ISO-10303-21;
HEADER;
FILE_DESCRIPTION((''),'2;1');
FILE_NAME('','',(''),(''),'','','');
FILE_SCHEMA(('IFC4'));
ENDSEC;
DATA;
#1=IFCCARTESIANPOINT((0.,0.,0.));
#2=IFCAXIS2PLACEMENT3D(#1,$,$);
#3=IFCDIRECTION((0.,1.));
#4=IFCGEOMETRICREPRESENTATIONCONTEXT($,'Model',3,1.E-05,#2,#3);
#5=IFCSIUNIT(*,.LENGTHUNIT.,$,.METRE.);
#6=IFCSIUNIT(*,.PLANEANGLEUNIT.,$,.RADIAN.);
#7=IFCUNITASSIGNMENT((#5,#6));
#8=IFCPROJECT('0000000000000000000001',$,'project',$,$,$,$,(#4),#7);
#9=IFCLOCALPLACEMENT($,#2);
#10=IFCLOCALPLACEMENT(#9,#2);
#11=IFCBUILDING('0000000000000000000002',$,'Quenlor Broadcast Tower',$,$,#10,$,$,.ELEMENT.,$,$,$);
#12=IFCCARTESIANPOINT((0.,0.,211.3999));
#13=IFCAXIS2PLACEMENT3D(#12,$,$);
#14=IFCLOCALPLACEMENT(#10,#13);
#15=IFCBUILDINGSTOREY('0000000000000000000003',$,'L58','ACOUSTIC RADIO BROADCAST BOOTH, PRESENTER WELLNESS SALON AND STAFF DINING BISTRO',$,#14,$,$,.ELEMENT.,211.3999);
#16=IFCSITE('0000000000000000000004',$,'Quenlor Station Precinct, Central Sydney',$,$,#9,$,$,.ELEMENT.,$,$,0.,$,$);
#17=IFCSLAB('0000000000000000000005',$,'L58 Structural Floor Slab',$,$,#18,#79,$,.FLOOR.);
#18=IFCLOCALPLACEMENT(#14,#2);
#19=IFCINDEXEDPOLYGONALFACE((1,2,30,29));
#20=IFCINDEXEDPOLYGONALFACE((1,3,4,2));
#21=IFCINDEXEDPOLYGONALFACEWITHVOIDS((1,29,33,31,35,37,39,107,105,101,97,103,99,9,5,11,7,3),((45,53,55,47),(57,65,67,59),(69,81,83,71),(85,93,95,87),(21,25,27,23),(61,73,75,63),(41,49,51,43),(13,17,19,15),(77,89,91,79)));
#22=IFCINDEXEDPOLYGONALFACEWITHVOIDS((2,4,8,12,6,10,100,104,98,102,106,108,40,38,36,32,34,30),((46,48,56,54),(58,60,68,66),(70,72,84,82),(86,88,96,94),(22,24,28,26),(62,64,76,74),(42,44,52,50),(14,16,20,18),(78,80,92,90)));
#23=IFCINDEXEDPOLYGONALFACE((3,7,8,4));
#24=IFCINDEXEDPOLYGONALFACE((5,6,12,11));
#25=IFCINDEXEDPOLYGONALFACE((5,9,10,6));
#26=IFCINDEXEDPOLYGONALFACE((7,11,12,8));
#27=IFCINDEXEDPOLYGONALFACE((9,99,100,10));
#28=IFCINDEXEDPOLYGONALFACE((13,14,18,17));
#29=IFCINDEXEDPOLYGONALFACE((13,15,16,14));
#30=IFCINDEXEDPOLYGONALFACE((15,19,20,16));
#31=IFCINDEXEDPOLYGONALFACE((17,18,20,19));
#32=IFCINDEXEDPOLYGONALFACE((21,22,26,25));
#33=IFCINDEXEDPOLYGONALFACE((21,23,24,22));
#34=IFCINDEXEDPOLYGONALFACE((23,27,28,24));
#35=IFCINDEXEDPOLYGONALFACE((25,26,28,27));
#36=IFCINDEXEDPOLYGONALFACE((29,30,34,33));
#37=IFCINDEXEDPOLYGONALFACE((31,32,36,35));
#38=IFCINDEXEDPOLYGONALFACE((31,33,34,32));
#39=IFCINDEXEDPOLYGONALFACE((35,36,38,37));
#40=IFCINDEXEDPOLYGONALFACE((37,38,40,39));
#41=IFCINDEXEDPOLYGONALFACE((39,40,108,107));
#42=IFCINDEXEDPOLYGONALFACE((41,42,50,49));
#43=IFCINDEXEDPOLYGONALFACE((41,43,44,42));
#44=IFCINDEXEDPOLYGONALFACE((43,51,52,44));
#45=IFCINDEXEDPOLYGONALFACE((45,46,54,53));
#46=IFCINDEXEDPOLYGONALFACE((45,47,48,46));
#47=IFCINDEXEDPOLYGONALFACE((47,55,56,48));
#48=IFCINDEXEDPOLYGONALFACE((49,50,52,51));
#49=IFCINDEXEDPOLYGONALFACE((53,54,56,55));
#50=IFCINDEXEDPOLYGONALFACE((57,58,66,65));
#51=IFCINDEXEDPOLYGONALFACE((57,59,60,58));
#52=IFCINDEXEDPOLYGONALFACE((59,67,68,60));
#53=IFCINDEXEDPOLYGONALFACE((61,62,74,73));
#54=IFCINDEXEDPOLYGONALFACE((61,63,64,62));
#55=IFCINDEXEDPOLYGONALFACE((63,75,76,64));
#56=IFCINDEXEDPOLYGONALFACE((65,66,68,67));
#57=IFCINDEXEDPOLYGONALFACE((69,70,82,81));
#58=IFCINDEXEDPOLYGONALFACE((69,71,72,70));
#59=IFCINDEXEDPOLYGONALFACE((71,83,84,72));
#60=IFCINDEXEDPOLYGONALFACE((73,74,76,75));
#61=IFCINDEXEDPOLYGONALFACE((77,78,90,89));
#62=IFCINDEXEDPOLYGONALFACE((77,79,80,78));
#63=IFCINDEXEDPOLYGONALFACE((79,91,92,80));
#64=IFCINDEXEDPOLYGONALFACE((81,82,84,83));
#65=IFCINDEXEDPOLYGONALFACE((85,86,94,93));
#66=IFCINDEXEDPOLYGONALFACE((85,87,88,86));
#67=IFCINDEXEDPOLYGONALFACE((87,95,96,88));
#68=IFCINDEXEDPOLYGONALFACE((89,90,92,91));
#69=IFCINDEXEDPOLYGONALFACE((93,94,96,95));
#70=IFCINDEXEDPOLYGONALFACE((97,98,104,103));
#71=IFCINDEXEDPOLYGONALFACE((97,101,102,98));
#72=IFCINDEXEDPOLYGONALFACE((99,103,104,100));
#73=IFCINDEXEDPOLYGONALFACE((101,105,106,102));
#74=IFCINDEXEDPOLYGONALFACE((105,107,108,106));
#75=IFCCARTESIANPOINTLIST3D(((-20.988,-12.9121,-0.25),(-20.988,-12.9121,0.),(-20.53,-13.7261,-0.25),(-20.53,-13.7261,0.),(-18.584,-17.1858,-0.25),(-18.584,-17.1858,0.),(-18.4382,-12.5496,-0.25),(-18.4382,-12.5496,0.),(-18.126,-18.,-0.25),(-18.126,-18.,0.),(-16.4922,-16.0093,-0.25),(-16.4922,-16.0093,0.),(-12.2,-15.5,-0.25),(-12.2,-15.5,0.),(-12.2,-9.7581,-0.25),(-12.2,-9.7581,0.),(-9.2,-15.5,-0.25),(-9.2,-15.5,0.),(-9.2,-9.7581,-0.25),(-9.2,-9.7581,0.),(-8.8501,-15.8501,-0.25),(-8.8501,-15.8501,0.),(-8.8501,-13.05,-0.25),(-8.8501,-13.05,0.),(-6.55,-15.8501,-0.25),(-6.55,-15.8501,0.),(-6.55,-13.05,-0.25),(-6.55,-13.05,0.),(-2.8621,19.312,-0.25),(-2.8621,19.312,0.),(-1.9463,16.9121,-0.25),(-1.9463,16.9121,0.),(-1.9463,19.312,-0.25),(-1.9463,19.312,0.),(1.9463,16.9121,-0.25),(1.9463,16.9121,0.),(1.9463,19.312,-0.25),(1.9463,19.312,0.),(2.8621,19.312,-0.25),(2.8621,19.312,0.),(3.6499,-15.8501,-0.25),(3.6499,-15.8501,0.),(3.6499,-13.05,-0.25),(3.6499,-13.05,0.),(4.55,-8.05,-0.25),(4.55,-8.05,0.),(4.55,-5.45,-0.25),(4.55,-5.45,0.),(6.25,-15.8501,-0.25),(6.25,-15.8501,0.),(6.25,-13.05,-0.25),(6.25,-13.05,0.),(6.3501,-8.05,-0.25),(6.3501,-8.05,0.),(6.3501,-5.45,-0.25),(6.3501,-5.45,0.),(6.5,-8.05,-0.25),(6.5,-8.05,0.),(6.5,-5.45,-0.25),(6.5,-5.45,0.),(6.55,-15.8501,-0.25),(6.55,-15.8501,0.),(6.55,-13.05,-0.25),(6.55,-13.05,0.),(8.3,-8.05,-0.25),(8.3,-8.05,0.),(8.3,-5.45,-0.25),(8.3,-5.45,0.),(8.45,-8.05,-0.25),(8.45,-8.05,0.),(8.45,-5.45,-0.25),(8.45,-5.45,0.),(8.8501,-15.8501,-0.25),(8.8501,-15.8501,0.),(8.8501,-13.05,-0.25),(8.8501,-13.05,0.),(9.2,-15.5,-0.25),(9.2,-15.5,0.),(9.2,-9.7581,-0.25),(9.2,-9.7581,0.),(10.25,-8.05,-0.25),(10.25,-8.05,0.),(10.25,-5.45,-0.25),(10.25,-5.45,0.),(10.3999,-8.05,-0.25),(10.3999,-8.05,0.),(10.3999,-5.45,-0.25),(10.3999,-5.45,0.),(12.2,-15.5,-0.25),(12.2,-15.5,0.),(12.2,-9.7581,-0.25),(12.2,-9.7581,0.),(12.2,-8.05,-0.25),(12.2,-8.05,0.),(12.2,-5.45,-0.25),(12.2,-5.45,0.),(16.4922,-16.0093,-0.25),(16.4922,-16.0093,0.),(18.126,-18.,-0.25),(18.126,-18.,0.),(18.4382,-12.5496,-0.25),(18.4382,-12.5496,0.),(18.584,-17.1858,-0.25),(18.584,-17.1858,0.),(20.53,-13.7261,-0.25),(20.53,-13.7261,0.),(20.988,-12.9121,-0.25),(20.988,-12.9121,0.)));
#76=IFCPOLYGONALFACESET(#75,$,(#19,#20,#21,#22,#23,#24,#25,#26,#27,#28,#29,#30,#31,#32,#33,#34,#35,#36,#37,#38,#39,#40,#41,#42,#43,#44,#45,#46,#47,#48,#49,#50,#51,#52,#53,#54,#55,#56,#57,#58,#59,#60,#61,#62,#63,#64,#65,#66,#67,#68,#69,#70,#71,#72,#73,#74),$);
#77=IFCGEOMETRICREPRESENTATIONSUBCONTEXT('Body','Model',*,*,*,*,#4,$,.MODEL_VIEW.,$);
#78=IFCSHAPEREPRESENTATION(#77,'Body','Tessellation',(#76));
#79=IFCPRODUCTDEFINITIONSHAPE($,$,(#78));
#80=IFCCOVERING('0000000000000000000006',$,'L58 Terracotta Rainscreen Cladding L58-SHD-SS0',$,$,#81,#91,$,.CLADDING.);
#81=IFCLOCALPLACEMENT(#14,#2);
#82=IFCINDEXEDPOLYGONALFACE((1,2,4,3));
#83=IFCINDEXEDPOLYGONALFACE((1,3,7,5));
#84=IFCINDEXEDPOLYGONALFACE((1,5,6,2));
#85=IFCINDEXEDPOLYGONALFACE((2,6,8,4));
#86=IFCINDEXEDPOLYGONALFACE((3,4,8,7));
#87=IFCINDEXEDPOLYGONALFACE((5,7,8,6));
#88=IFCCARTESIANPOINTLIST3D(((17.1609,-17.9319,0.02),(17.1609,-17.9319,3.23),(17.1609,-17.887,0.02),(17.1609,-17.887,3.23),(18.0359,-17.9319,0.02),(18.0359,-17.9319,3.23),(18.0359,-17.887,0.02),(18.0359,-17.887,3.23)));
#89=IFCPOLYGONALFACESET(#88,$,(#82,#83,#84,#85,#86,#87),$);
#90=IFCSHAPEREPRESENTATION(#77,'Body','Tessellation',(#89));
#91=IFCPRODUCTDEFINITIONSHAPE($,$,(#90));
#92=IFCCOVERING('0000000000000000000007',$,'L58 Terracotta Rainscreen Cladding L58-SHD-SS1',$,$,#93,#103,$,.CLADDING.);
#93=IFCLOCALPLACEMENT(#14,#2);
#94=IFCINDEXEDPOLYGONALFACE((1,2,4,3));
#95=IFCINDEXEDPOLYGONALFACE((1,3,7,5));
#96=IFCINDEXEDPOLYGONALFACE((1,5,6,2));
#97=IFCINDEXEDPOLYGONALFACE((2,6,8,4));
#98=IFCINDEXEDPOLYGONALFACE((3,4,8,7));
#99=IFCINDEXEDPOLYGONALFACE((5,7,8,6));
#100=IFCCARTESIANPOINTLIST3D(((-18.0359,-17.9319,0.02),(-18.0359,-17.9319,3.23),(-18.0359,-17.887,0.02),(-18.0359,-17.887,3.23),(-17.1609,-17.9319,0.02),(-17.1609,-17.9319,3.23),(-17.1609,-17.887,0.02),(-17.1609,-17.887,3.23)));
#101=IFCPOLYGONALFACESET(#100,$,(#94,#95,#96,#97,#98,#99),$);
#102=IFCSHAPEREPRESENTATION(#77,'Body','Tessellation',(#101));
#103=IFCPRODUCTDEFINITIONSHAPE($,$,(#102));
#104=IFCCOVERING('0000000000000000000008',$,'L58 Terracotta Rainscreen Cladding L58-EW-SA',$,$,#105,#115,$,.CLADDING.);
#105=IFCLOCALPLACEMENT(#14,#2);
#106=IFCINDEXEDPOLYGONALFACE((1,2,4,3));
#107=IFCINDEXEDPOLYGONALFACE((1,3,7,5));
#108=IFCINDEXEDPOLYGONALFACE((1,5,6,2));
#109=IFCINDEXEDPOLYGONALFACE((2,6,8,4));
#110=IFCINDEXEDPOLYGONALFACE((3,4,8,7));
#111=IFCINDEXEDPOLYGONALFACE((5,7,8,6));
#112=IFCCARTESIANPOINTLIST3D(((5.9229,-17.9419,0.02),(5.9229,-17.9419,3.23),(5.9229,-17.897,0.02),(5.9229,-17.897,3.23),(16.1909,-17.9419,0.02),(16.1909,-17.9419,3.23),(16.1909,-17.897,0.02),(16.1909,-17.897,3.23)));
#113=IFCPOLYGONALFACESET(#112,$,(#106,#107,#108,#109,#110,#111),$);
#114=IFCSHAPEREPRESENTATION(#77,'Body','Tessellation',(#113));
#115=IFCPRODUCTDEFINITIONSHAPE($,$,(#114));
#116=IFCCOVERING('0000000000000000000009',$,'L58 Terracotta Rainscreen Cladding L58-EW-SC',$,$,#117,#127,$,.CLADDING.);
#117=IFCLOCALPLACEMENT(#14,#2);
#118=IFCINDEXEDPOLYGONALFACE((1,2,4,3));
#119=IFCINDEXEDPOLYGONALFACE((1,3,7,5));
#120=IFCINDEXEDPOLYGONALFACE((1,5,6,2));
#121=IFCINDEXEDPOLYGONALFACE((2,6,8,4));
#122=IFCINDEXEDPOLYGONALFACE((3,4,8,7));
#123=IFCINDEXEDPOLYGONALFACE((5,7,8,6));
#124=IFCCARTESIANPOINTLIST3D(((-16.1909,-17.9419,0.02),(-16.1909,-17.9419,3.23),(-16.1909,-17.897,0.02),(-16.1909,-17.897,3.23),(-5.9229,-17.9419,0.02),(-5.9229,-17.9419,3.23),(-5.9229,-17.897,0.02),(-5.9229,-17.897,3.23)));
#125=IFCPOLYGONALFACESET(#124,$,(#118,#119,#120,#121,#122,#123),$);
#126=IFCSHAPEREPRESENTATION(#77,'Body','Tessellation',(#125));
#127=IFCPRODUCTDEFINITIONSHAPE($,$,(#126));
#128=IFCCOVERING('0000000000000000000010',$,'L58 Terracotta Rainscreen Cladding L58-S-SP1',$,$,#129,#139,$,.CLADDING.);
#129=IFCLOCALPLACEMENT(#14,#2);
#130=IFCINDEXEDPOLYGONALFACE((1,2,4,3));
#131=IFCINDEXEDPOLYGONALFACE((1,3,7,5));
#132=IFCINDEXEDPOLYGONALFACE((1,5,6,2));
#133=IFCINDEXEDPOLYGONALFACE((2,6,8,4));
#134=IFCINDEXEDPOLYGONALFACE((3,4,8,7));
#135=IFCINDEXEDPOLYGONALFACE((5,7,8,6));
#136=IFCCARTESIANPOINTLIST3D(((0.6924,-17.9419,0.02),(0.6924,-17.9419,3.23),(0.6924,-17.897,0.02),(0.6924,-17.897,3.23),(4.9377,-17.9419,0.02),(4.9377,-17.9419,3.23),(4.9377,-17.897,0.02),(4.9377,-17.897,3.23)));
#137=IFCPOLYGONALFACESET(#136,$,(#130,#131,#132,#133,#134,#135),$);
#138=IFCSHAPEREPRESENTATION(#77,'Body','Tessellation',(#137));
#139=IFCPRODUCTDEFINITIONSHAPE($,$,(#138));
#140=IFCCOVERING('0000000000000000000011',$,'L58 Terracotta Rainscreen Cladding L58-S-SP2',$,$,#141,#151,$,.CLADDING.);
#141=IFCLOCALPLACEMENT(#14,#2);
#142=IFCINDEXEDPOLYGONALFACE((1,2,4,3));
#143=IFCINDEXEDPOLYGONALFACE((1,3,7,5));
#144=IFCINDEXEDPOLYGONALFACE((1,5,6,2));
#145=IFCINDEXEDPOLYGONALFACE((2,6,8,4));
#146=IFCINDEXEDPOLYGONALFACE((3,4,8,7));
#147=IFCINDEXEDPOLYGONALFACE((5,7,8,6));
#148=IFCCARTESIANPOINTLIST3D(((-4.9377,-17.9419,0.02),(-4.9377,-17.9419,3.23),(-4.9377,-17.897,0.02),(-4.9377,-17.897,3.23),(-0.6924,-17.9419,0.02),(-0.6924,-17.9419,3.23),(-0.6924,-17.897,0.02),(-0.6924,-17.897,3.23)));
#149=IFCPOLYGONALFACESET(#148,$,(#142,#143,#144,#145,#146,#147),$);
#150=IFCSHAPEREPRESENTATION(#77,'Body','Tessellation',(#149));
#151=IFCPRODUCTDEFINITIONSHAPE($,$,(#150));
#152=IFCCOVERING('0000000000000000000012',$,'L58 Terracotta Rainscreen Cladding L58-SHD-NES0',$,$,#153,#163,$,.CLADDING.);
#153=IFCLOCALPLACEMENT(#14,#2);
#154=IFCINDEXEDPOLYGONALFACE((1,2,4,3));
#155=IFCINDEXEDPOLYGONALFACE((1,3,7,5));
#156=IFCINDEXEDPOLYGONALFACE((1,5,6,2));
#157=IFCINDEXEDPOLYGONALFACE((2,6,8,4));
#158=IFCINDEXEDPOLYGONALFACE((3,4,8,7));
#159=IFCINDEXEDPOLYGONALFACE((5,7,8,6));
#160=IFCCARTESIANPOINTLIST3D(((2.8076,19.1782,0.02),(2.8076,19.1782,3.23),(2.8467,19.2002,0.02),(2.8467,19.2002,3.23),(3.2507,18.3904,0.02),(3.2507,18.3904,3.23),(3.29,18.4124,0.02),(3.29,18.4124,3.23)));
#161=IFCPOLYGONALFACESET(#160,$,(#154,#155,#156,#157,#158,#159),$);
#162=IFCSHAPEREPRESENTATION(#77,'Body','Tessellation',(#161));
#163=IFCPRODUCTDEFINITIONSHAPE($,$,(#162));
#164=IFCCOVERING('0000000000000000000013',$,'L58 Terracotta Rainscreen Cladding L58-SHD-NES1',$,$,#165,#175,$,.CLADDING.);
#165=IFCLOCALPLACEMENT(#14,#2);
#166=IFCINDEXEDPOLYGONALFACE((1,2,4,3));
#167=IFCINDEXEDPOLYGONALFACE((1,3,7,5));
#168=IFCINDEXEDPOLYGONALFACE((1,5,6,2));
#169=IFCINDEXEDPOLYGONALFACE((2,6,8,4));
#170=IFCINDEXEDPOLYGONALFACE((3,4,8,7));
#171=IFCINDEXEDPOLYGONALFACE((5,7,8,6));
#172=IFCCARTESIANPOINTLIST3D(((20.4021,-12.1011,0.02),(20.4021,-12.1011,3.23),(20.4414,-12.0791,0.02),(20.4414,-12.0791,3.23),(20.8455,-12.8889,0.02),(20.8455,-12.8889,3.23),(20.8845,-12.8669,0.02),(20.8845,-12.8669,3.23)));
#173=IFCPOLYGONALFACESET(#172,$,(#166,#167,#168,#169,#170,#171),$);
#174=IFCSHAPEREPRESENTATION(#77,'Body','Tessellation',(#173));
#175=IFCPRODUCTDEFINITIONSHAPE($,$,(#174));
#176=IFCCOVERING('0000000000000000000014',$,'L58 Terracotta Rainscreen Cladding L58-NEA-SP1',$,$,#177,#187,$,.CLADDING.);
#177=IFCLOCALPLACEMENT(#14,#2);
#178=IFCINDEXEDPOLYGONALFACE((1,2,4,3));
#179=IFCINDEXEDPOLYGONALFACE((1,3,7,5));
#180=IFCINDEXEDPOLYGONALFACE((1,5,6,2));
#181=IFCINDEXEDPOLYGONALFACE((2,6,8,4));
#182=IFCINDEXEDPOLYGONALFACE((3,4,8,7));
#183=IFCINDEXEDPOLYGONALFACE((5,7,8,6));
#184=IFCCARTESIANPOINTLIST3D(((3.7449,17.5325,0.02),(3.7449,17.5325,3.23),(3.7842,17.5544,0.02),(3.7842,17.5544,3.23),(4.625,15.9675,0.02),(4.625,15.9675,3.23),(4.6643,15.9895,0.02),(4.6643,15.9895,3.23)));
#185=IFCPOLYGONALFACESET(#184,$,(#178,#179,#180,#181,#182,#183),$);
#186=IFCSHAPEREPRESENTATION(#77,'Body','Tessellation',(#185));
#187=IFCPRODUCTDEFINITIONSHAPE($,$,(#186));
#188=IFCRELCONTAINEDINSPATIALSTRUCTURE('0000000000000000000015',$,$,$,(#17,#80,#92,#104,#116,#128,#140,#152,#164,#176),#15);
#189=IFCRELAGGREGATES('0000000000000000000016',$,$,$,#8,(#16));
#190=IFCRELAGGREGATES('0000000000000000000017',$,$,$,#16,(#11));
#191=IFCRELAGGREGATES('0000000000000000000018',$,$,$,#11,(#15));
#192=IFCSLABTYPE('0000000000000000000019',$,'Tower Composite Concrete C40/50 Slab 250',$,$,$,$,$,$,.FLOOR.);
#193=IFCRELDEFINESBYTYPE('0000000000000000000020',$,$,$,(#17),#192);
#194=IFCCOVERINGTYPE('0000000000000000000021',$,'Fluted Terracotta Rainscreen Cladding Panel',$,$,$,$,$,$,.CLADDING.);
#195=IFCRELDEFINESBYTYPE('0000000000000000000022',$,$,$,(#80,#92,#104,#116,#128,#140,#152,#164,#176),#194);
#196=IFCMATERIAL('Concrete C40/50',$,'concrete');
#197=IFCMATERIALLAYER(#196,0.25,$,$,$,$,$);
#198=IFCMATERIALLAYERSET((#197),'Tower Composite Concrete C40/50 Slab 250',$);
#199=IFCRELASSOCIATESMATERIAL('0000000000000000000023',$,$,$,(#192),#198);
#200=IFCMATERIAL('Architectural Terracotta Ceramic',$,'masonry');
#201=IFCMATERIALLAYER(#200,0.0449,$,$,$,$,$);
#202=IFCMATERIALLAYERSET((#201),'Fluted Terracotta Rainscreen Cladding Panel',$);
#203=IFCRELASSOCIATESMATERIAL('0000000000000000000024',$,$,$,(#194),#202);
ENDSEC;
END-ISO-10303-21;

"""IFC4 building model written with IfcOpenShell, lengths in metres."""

from ifc_helpers import new_model, si_unit, direction, frame, origin, place, context, subcontext, project, spatial, polyline, outline, extrude, material, layer, layer_set, type_object, element, save


model = new_model("IFC4")

# Units and contexts
model_context = context("Model", 3, precision=1e-05, world=origin(), true_north=direction((0.0, 1.0)))
body_context = subcontext(model_context, "Body", "Model", "MODEL_VIEW")
ifc_project = project(units=[si_unit("LENGTHUNIT", "METRE"), si_unit("PLANEANGLEUNIT", "RADIAN")], contexts=[model_context])

# Site, building, storey
site_placement = place(None, origin())
site = spatial("IfcSite", under=ifc_project, at=site_placement, Name="Quenlor Station Precinct, Central Sydney", CompositionType="ELEMENT", RefElevation=0.0)
building_placement = place(site_placement, origin())
building = spatial("IfcBuilding", under=site, at=building_placement, Name="Quenlor Broadcast Tower", CompositionType="ELEMENT")
storey_placement = place(building_placement, frame((0.0, 0.0, 211.3999)))
storey = spatial("IfcBuildingStorey", under=building, at=storey_placement, Name="L58", Description="ACOUSTIC RADIO BROADCAST BOOTH, PRESENTER WELLNESS SALON AND STAFF DINING BISTRO", CompositionType="ELEMENT", Elevation=211.3999)

# Slab
ifc_material_1 = material(Name="Concrete C40/50", Category="concrete")
ifc_layer_1 = layer(ifc_material_1, 0.25)
ifc_layer_set_1 = layer_set([ifc_layer_1], Name="Tower Composite Concrete C40/50 Slab 250")
slab_type = type_object("IfcSlabType", Name="Tower Composite Concrete C40/50 Slab 250", PredefinedType="FLOOR", material=ifc_layer_set_1)
slab_placement = place(storey_placement, frame((0.0, 0.0, -0.25)))
element("IfcSlab", 1, at=slab_placement, inside=storey, type_object=slab_type, Name="L58 Structural Floor Slab", PredefinedType="FLOOR", context=body_context, shape_type="SweptSolid", body=[
    extrude(outline(polyline([(18.126, -18.0), (18.584, -17.1858), (16.4922, -16.0093), (18.4382, -12.5496), (20.53, -13.7261), (20.988, -12.9121), (2.8621, 19.312), (1.9463, 19.312), (1.9463, 16.9121), (-1.9463, 16.9121), (-1.9463, 19.312), (-2.8621, 19.312), (-20.988, -12.9121), (-20.53, -13.7261), (-18.4382, -12.5496), (-16.4922, -16.0093), (-18.584, -17.1858), (-18.126, -18.0), (18.126, -18.0)]), holes=[polyline([(-12.2, -9.7581), (-12.2, -15.5), (-9.2, -15.5), (-9.2, -9.7581), (-12.2, -9.7581)]), polyline([(9.2, -9.7581), (9.2, -15.5), (12.2, -15.5), (12.2, -9.7581), (9.2, -9.7581)]), polyline([(4.55, -8.05), (6.3501, -8.05), (6.3501, -5.45), (4.55, -5.45), (4.55, -8.05)]), polyline([(6.5, -8.05), (8.3, -8.05), (8.3, -5.45), (6.5, -5.45), (6.5, -8.05)]), polyline([(8.45, -8.05), (10.25, -8.05), (10.25, -5.45), (8.45, -5.45), (8.45, -8.05)]), polyline([(10.3999, -8.05), (12.2, -8.05), (12.2, -5.45), (10.3999, -5.45), (10.3999, -8.05)]), polyline([(-8.8501, -15.8501), (-6.55, -15.8501), (-6.55, -13.05), (-8.8501, -13.05), (-8.8501, -15.8501)]), polyline([(6.55, -15.8501), (8.8501, -15.8501), (8.8501, -13.05), (6.55, -13.05), (6.55, -15.8501)]), polyline([(3.6499, -15.8501), (6.25, -15.8501), (6.25, -13.05), (3.6499, -13.05), (3.6499, -15.8501)])]), origin(), (0.0, 0.0, 1.0), 0.25),
])

# Coverings
ifc_material_2 = material(Name="Architectural Terracotta Ceramic", Category="masonry")
ifc_layer_2 = layer(ifc_material_2, 0.0449)
ifc_layer_set_2 = layer_set([ifc_layer_2], Name="Fluted Terracotta Rainscreen Cladding Panel")
covering_type = type_object("IfcCoveringType", Name="Fluted Terracotta Rainscreen Cladding Panel", PredefinedType="CLADDING", material=ifc_layer_set_2)
covering_1_placement = place(storey_placement, frame((0.0, 0.0, 0.02)))
element("IfcCovering", 2, at=covering_1_placement, inside=storey, type_object=covering_type, Name="L58 Terracotta Rainscreen Cladding L58-SHD-SS0", PredefinedType="CLADDING", context=body_context, shape_type="SweptSolid", body=[
    extrude(outline(polyline([(18.0359, -17.887), (17.1609, -17.887), (17.1609, -17.9319), (18.0359, -17.9319), (18.0359, -17.887)])), origin(), (0.0, 0.0, 1.0), 3.21),
])
covering_2_placement = place(storey_placement, frame((0.0, 0.0, 0.02)))
element("IfcCovering", 3, at=covering_2_placement, inside=storey, type_object=covering_type, Name="L58 Terracotta Rainscreen Cladding L58-SHD-SS1", PredefinedType="CLADDING", context=body_context, shape_type="SweptSolid", body=[
    extrude(outline(polyline([(-17.1609, -17.887), (-18.0359, -17.887), (-18.0359, -17.9319), (-17.1609, -17.9319), (-17.1609, -17.887)])), origin(), (0.0, 0.0, 1.0), 3.21),
])
covering_3_placement = place(storey_placement, frame((0.0, 0.0, 0.02)))
element("IfcCovering", 4, at=covering_3_placement, inside=storey, type_object=covering_type, Name="L58 Terracotta Rainscreen Cladding L58-EW-SA", PredefinedType="CLADDING", context=body_context, shape_type="SweptSolid", body=[
    extrude(outline(polyline([(16.1909, -17.897), (5.9229, -17.897), (5.9229, -17.9419), (16.1909, -17.9419), (16.1909, -17.897)])), origin(), (0.0, 0.0, 1.0), 3.21),
])
covering_4_placement = place(storey_placement, frame((0.0, 0.0, 0.02)))
element("IfcCovering", 5, at=covering_4_placement, inside=storey, type_object=covering_type, Name="L58 Terracotta Rainscreen Cladding L58-EW-SC", PredefinedType="CLADDING", context=body_context, shape_type="SweptSolid", body=[
    extrude(outline(polyline([(-5.9229, -17.897), (-16.1909, -17.897), (-16.1909, -17.9419), (-5.9229, -17.9419), (-5.9229, -17.897)])), origin(), (0.0, 0.0, 1.0), 3.21),
])
covering_5_placement = place(storey_placement, frame((0.0, 0.0, 0.02)))
element("IfcCovering", 6, at=covering_5_placement, inside=storey, type_object=covering_type, Name="L58 Terracotta Rainscreen Cladding L58-S-SP1", PredefinedType="CLADDING", context=body_context, shape_type="SweptSolid", body=[
    extrude(outline(polyline([(4.9377, -17.897), (0.6924, -17.897), (0.6924, -17.9419), (4.9377, -17.9419), (4.9377, -17.897)])), origin(), (0.0, 0.0, 1.0), 3.21),
])
covering_6_placement = place(storey_placement, frame((0.0, 0.0, 0.02)))
element("IfcCovering", 7, at=covering_6_placement, inside=storey, type_object=covering_type, Name="L58 Terracotta Rainscreen Cladding L58-S-SP2", PredefinedType="CLADDING", context=body_context, shape_type="SweptSolid", body=[
    extrude(outline(polyline([(-0.6924, -17.897), (-4.9377, -17.897), (-4.9377, -17.9419), (-0.6924, -17.9419), (-0.6924, -17.897)])), origin(), (0.0, 0.0, 1.0), 3.21),
])
covering_7_placement = place(storey_placement, frame((0.0, 0.0, 0.02)))
element("IfcCovering", 8, at=covering_7_placement, inside=storey, type_object=covering_type, Name="L58 Terracotta Rainscreen Cladding L58-SHD-NES0", PredefinedType="CLADDING", context=body_context, shape_type="SweptSolid", body=[
    extrude(outline(polyline([(2.8076, 19.1782), (3.2507, 18.3904), (3.29, 18.4124), (2.8467, 19.2002), (2.8076, 19.1782)])), origin(), (0.0, 0.0, 1.0), 3.21),
])
covering_8_placement = place(storey_placement, frame((0.0, 0.0, 0.02)))
element("IfcCovering", 9, at=covering_8_placement, inside=storey, type_object=covering_type, Name="L58 Terracotta Rainscreen Cladding L58-SHD-NES1", PredefinedType="CLADDING", context=body_context, shape_type="SweptSolid", body=[
    extrude(outline(polyline([(20.4021, -12.1011), (20.8455, -12.8889), (20.8845, -12.8669), (20.4414, -12.0791), (20.4021, -12.1011)])), origin(), (0.0, 0.0, 1.0), 3.21),
])
covering_9_placement = place(storey_placement, frame((0.0, 0.0, 0.02)))
element("IfcCovering", 10, at=covering_9_placement, inside=storey, type_object=covering_type, Name="L58 Terracotta Rainscreen Cladding L58-NEA-SP1", PredefinedType="CLADDING", context=body_context, shape_type="SweptSolid", body=[
    extrude(outline(polyline([(3.7449, 17.5325), (4.625, 15.9675), (4.6643, 15.9895), (3.7842, 17.5544), (3.7449, 17.5325)])), origin(), (0.0, 0.0, 1.0), 3.21),
])

save(model, "model.ifc")
